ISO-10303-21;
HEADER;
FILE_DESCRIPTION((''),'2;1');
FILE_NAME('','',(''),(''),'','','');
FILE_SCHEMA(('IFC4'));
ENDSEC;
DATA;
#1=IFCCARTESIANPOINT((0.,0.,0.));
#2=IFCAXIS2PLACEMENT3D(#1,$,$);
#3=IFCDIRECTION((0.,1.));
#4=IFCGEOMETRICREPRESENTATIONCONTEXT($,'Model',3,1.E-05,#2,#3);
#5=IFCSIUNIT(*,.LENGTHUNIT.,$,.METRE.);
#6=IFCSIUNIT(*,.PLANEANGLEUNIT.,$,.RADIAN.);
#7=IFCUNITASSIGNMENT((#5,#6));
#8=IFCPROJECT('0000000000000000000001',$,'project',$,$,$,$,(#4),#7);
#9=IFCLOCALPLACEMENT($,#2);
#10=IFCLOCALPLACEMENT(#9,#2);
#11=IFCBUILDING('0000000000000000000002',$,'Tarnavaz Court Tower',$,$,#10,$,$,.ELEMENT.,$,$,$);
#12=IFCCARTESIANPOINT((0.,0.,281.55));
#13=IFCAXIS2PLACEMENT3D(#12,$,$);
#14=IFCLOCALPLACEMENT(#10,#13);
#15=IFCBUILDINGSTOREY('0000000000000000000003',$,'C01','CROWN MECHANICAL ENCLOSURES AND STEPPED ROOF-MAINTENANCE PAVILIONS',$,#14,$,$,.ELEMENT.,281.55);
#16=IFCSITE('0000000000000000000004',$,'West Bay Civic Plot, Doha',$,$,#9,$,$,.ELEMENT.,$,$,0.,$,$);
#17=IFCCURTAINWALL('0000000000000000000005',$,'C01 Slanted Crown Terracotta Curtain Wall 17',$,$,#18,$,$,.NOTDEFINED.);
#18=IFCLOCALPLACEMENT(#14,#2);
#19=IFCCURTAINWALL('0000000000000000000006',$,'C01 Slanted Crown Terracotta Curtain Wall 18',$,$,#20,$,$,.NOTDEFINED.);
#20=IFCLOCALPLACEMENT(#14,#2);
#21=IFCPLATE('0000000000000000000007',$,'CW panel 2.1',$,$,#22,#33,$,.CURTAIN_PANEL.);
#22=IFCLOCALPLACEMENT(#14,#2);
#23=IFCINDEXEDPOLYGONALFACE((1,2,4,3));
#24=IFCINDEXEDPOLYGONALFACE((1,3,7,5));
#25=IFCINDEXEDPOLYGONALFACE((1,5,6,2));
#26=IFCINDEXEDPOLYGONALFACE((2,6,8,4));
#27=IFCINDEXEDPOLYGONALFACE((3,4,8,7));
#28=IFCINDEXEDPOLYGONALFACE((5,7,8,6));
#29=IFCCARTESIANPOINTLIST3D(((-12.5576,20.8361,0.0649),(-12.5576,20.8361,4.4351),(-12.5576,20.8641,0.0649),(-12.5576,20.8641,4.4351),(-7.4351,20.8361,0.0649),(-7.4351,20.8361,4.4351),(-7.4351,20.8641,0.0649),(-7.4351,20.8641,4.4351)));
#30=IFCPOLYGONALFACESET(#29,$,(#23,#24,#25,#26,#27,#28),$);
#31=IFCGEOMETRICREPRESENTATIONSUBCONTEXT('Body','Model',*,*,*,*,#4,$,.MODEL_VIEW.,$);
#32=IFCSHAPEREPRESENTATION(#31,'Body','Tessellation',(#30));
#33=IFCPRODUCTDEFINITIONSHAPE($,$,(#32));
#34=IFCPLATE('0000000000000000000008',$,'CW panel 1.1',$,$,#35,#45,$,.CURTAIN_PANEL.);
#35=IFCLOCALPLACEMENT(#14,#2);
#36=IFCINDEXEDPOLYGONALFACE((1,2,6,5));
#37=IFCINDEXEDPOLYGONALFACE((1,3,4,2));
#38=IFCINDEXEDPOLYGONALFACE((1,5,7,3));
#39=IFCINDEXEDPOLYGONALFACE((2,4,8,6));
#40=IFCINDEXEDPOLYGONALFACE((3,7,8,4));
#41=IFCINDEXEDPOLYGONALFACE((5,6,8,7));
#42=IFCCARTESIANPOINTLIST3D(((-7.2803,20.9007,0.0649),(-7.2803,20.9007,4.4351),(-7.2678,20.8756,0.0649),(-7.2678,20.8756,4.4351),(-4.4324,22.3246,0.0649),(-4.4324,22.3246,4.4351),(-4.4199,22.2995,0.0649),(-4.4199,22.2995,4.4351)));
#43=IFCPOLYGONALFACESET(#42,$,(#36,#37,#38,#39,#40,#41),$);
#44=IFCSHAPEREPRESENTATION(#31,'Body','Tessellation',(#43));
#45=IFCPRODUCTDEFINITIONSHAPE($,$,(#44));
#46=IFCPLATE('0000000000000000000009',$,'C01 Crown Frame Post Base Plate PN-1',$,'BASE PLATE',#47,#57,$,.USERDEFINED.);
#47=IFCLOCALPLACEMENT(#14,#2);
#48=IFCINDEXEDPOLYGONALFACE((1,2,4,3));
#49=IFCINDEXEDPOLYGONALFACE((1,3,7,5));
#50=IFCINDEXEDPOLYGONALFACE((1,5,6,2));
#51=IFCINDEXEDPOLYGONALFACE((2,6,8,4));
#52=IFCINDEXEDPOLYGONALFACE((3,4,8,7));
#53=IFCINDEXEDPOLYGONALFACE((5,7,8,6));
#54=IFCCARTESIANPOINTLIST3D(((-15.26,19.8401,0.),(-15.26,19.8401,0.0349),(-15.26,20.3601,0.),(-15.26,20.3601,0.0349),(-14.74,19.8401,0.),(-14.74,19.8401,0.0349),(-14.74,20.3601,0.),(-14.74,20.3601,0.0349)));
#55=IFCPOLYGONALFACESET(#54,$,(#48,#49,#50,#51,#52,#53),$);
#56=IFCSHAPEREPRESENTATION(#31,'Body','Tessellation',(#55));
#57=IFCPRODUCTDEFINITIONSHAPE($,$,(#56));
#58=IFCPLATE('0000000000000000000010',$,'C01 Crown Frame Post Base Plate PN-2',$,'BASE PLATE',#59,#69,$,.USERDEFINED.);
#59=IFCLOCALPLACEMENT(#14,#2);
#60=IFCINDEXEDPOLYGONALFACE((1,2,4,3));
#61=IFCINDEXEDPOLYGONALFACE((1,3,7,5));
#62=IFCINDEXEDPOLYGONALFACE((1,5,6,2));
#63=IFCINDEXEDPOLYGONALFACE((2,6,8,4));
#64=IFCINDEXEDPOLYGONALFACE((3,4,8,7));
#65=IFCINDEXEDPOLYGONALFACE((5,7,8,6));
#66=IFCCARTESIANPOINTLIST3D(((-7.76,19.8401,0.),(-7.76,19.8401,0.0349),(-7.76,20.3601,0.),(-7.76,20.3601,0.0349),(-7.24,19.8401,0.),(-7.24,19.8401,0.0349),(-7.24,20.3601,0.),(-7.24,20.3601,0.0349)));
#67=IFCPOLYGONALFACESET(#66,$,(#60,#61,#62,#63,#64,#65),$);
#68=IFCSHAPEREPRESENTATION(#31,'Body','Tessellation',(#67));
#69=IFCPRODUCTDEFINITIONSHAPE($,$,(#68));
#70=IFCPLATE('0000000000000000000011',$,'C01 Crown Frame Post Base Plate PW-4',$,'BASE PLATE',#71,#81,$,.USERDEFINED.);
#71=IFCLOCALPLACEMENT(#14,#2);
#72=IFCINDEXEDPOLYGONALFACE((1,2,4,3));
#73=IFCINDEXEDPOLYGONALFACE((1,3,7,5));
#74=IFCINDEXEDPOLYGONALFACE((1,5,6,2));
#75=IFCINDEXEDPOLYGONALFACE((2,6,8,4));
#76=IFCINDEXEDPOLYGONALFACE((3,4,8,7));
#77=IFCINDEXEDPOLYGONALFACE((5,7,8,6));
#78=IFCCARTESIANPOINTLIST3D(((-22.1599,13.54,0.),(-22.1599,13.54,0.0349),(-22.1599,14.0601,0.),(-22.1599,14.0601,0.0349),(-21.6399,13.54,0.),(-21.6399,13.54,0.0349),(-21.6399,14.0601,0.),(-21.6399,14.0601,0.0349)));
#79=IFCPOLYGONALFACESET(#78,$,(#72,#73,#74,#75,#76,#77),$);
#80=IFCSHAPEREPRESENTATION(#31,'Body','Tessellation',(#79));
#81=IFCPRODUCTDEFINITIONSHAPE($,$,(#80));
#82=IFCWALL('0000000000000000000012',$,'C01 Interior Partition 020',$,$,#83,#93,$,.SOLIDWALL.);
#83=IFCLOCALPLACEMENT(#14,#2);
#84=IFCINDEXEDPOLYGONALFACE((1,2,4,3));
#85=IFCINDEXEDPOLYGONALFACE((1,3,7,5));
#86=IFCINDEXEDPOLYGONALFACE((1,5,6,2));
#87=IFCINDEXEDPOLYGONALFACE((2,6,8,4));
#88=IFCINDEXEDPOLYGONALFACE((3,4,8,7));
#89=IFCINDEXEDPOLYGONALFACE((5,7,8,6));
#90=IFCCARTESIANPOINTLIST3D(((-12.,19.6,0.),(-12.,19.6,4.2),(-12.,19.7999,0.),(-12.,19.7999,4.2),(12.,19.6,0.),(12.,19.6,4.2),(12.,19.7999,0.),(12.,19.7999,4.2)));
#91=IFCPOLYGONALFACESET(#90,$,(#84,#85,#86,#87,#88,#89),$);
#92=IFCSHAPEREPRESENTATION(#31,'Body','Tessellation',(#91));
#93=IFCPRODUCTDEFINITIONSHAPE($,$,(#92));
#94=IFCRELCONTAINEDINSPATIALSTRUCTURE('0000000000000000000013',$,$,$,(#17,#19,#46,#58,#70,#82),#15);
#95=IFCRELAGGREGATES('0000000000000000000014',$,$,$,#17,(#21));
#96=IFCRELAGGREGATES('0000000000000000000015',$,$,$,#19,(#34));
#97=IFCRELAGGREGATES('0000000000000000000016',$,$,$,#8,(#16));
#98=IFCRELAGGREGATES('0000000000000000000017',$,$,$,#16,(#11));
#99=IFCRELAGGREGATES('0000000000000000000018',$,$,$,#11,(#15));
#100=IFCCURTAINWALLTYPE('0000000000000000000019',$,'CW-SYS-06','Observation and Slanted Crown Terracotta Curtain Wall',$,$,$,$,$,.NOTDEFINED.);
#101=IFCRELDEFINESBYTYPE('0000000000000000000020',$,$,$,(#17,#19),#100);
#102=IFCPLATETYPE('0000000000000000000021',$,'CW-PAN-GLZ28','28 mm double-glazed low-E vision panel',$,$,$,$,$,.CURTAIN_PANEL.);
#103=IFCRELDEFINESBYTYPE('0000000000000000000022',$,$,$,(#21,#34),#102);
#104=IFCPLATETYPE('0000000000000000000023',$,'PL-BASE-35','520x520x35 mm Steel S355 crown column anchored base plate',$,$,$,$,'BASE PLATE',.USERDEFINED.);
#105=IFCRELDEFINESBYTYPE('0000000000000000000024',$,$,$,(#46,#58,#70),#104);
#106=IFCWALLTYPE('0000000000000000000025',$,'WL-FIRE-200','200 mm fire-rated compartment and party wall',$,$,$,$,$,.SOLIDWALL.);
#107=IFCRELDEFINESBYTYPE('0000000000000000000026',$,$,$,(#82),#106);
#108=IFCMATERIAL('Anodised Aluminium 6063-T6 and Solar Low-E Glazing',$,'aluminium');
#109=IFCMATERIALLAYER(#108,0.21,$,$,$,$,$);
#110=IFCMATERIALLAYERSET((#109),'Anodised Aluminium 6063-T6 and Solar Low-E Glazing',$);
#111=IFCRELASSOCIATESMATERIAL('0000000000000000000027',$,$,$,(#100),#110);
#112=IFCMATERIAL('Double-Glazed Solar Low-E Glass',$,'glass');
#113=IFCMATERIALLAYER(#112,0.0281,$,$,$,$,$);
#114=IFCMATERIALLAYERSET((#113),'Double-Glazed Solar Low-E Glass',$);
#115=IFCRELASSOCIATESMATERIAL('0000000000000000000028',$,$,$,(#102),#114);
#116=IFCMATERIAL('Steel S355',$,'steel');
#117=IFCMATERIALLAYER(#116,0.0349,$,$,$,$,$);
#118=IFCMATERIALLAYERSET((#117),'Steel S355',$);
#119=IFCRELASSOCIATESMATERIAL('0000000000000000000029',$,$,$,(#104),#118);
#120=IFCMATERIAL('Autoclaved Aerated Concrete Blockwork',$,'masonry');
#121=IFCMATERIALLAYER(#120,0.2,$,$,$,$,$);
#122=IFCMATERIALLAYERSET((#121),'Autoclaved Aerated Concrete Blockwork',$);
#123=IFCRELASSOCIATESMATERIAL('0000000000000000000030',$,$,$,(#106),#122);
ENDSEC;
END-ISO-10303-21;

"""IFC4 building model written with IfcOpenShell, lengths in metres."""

from ifc_helpers import new_model, si_unit, direction, frame, frame_2d, origin, origin_2d, place, context, subcontext, project, spatial, rectangle, extrude, material, layer, layer_set, type_object, element, aggregate, save


model = new_model("IFC4")

# Units and contexts
model_context = context("Model", 3, precision=1e-05, world=origin(), true_north=direction((0.0, 1.0)))
body_context = subcontext(model_context, "Body", "Model", "MODEL_VIEW")
ifc_project = project(units=[si_unit("LENGTHUNIT", "METRE"), si_unit("PLANEANGLEUNIT", "RADIAN")], contexts=[model_context])

# Site, building, storey
site_placement = place(None, origin())
site = spatial("IfcSite", under=ifc_project, at=site_placement, Name="West Bay Civic Plot, Doha", CompositionType="ELEMENT", RefElevation=0.0)
building_placement = place(site_placement, origin())
building = spatial("IfcBuilding", under=site, at=building_placement, Name="Tarnavaz Court Tower", CompositionType="ELEMENT")
storey_placement = place(building_placement, frame((0.0, 0.0, 281.55)))
storey = spatial("IfcBuildingStorey", under=building, at=storey_placement, Name="C01", Description="CROWN MECHANICAL ENCLOSURES AND STEPPED ROOF-MAINTENANCE PAVILIONS", CompositionType="ELEMENT", Elevation=281.55)

# Shared definitions
ifc_material_1 = material(Name="Steel S355", Category="steel")

# Shared definitions
ifc_material_2 = material(Name="Anodised Aluminium 6063-T6 and Solar Low-E Glazing", Category="aluminium")
ifc_layer_1 = layer(ifc_material_2, 0.21)
ifc_layer_set_1 = layer_set([ifc_layer_1], Name="Anodised Aluminium 6063-T6 and Solar Low-E Glazing")
curtain_wall_type = type_object("IfcCurtainWallType", Name="CW-SYS-06", Description="Observation and Slanted Crown Terracotta Curtain Wall", PredefinedType="NOTDEFINED", material=ifc_layer_set_1)

# Curtain walls
curtain_wall_1_placement = place(storey_placement, origin())
curtain_wall_1 = element("IfcCurtainWall", 1, at=curtain_wall_1_placement, inside=storey, type_object=curtain_wall_type, Name="C01 Slanted Crown Terracotta Curtain Wall 17", PredefinedType="NOTDEFINED")
curtain_wall_2_placement = place(storey_placement, origin())
curtain_wall_2 = element("IfcCurtainWall", 2, at=curtain_wall_2_placement, inside=storey, type_object=curtain_wall_type, Name="C01 Slanted Crown Terracotta Curtain Wall 18", PredefinedType="NOTDEFINED")

# Plates
ifc_material_3 = material(Name="Double-Glazed Solar Low-E Glass", Category="glass")
ifc_layer_2 = layer(ifc_material_3, 0.0281)
ifc_layer_set_2 = layer_set([ifc_layer_2], Name="Double-Glazed Solar Low-E Glass")
plate_type_1 = type_object("IfcPlateType", Name="CW-PAN-GLZ28", Description="28 mm double-glazed low-E vision panel", PredefinedType="CURTAIN_PANEL", material=ifc_layer_set_2)
plate_1_placement = place(storey_placement, frame((-9.9963, 20.8501, 0.0649), z_axis=(0.0, 0.0, 1.0), x_axis=(1.0, 0.0, 0.0)))
plate_1 = element("IfcPlate", 3, at=plate_1_placement, type_object=plate_type_1, Name="CW panel 2.1", PredefinedType="CURTAIN_PANEL", context=body_context, shape_type="SweptSolid", body=[
    extrude(rectangle(XDim=5.1226, YDim=0.0281, at=origin_2d()), origin(), (0.0, 0.0, 1.0), 4.3701),
])
aggregate(curtain_wall_1, [plate_1])
plate_2_placement = place(storey_placement, frame((-5.8501, 21.6001, 0.0649), z_axis=(0.0, 0.0, 1.0), x_axis=(0.894427, 0.447214, 0.0)))
plate_2 = element("IfcPlate", 4, at=plate_2_placement, type_object=plate_type_1, Name="CW panel 1.1", PredefinedType="CURTAIN_PANEL", context=body_context, shape_type="SweptSolid", body=[
    extrude(rectangle(XDim=3.1841, YDim=0.0281, at=origin_2d()), origin(), (0.0, 0.0, 1.0), 4.3701),
])
aggregate(curtain_wall_2, [plate_2])

# Plates
ifc_layer_3 = layer(ifc_material_1, 0.0349)
ifc_layer_set_3 = layer_set([ifc_layer_3], Name="Steel S355")
plate_type_2 = type_object("IfcPlateType", Name="PL-BASE-35", Description="520x520x35 mm Steel S355 crown column anchored base plate", ElementType="BASE PLATE", PredefinedType="USERDEFINED", material=ifc_layer_set_3)
for number, where, z_axis, x_axis, name in (
    (5, (-15.0, 20.1001, 0.0), (0.0, 0.0, 1.0), (1.0, 0.0, 0.0), "C01 Crown Frame Post Base Plate PN-1"),
    (6, (-7.5, 20.1001, 0.0), (0.0, 0.0, 1.0), (1.0, 0.0, 0.0), "C01 Crown Frame Post Base Plate PN-2"),
    (7, (-21.8999, 13.8, 0.0), (0.0, 0.0, 1.0), (1.0, 0.0, 0.0), "C01 Crown Frame Post Base Plate PW-4"),
):
    element("IfcPlate", number, at=place(storey_placement, frame(where, z_axis=z_axis, x_axis=x_axis)), inside=storey, type_object=plate_type_2, Name=name, ObjectType="BASE PLATE", PredefinedType="USERDEFINED", context=body_context, shape_type="SweptSolid", body=[
        extrude(rectangle(XDim=0.52, YDim=0.52, at=origin_2d()), origin(), (0.0, 0.0, 1.0), 0.0349),
    ])

# Wall
ifc_material_4 = material(Name="Autoclaved Aerated Concrete Blockwork", Category="masonry")
ifc_layer_4 = layer(ifc_material_4, 0.2)
ifc_layer_set_4 = layer_set([ifc_layer_4], Name="Autoclaved Aerated Concrete Blockwork")
wall_type = type_object("IfcWallType", Name="WL-FIRE-200", Description="200 mm fire-rated compartment and party wall", PredefinedType="SOLIDWALL", material=ifc_layer_set_4)
wall_placement = place(storey_placement, frame((-12.0, 19.7, 0.0), z_axis=(0.0, 0.0, 1.0), x_axis=(1.0, 0.0, 0.0)))
element("IfcWall", 8, at=wall_placement, inside=storey, type_object=wall_type, Name="C01 Interior Partition 020", PredefinedType="SOLIDWALL", context=body_context, shape_type="SweptSolid", body=[
    extrude(rectangle(XDim=24.0, YDim=0.2, at=frame_2d((12.0, 0.0))), origin(), (0.0, 0.0, 1.0), 4.2),
])

save(model, "model.ifc")
